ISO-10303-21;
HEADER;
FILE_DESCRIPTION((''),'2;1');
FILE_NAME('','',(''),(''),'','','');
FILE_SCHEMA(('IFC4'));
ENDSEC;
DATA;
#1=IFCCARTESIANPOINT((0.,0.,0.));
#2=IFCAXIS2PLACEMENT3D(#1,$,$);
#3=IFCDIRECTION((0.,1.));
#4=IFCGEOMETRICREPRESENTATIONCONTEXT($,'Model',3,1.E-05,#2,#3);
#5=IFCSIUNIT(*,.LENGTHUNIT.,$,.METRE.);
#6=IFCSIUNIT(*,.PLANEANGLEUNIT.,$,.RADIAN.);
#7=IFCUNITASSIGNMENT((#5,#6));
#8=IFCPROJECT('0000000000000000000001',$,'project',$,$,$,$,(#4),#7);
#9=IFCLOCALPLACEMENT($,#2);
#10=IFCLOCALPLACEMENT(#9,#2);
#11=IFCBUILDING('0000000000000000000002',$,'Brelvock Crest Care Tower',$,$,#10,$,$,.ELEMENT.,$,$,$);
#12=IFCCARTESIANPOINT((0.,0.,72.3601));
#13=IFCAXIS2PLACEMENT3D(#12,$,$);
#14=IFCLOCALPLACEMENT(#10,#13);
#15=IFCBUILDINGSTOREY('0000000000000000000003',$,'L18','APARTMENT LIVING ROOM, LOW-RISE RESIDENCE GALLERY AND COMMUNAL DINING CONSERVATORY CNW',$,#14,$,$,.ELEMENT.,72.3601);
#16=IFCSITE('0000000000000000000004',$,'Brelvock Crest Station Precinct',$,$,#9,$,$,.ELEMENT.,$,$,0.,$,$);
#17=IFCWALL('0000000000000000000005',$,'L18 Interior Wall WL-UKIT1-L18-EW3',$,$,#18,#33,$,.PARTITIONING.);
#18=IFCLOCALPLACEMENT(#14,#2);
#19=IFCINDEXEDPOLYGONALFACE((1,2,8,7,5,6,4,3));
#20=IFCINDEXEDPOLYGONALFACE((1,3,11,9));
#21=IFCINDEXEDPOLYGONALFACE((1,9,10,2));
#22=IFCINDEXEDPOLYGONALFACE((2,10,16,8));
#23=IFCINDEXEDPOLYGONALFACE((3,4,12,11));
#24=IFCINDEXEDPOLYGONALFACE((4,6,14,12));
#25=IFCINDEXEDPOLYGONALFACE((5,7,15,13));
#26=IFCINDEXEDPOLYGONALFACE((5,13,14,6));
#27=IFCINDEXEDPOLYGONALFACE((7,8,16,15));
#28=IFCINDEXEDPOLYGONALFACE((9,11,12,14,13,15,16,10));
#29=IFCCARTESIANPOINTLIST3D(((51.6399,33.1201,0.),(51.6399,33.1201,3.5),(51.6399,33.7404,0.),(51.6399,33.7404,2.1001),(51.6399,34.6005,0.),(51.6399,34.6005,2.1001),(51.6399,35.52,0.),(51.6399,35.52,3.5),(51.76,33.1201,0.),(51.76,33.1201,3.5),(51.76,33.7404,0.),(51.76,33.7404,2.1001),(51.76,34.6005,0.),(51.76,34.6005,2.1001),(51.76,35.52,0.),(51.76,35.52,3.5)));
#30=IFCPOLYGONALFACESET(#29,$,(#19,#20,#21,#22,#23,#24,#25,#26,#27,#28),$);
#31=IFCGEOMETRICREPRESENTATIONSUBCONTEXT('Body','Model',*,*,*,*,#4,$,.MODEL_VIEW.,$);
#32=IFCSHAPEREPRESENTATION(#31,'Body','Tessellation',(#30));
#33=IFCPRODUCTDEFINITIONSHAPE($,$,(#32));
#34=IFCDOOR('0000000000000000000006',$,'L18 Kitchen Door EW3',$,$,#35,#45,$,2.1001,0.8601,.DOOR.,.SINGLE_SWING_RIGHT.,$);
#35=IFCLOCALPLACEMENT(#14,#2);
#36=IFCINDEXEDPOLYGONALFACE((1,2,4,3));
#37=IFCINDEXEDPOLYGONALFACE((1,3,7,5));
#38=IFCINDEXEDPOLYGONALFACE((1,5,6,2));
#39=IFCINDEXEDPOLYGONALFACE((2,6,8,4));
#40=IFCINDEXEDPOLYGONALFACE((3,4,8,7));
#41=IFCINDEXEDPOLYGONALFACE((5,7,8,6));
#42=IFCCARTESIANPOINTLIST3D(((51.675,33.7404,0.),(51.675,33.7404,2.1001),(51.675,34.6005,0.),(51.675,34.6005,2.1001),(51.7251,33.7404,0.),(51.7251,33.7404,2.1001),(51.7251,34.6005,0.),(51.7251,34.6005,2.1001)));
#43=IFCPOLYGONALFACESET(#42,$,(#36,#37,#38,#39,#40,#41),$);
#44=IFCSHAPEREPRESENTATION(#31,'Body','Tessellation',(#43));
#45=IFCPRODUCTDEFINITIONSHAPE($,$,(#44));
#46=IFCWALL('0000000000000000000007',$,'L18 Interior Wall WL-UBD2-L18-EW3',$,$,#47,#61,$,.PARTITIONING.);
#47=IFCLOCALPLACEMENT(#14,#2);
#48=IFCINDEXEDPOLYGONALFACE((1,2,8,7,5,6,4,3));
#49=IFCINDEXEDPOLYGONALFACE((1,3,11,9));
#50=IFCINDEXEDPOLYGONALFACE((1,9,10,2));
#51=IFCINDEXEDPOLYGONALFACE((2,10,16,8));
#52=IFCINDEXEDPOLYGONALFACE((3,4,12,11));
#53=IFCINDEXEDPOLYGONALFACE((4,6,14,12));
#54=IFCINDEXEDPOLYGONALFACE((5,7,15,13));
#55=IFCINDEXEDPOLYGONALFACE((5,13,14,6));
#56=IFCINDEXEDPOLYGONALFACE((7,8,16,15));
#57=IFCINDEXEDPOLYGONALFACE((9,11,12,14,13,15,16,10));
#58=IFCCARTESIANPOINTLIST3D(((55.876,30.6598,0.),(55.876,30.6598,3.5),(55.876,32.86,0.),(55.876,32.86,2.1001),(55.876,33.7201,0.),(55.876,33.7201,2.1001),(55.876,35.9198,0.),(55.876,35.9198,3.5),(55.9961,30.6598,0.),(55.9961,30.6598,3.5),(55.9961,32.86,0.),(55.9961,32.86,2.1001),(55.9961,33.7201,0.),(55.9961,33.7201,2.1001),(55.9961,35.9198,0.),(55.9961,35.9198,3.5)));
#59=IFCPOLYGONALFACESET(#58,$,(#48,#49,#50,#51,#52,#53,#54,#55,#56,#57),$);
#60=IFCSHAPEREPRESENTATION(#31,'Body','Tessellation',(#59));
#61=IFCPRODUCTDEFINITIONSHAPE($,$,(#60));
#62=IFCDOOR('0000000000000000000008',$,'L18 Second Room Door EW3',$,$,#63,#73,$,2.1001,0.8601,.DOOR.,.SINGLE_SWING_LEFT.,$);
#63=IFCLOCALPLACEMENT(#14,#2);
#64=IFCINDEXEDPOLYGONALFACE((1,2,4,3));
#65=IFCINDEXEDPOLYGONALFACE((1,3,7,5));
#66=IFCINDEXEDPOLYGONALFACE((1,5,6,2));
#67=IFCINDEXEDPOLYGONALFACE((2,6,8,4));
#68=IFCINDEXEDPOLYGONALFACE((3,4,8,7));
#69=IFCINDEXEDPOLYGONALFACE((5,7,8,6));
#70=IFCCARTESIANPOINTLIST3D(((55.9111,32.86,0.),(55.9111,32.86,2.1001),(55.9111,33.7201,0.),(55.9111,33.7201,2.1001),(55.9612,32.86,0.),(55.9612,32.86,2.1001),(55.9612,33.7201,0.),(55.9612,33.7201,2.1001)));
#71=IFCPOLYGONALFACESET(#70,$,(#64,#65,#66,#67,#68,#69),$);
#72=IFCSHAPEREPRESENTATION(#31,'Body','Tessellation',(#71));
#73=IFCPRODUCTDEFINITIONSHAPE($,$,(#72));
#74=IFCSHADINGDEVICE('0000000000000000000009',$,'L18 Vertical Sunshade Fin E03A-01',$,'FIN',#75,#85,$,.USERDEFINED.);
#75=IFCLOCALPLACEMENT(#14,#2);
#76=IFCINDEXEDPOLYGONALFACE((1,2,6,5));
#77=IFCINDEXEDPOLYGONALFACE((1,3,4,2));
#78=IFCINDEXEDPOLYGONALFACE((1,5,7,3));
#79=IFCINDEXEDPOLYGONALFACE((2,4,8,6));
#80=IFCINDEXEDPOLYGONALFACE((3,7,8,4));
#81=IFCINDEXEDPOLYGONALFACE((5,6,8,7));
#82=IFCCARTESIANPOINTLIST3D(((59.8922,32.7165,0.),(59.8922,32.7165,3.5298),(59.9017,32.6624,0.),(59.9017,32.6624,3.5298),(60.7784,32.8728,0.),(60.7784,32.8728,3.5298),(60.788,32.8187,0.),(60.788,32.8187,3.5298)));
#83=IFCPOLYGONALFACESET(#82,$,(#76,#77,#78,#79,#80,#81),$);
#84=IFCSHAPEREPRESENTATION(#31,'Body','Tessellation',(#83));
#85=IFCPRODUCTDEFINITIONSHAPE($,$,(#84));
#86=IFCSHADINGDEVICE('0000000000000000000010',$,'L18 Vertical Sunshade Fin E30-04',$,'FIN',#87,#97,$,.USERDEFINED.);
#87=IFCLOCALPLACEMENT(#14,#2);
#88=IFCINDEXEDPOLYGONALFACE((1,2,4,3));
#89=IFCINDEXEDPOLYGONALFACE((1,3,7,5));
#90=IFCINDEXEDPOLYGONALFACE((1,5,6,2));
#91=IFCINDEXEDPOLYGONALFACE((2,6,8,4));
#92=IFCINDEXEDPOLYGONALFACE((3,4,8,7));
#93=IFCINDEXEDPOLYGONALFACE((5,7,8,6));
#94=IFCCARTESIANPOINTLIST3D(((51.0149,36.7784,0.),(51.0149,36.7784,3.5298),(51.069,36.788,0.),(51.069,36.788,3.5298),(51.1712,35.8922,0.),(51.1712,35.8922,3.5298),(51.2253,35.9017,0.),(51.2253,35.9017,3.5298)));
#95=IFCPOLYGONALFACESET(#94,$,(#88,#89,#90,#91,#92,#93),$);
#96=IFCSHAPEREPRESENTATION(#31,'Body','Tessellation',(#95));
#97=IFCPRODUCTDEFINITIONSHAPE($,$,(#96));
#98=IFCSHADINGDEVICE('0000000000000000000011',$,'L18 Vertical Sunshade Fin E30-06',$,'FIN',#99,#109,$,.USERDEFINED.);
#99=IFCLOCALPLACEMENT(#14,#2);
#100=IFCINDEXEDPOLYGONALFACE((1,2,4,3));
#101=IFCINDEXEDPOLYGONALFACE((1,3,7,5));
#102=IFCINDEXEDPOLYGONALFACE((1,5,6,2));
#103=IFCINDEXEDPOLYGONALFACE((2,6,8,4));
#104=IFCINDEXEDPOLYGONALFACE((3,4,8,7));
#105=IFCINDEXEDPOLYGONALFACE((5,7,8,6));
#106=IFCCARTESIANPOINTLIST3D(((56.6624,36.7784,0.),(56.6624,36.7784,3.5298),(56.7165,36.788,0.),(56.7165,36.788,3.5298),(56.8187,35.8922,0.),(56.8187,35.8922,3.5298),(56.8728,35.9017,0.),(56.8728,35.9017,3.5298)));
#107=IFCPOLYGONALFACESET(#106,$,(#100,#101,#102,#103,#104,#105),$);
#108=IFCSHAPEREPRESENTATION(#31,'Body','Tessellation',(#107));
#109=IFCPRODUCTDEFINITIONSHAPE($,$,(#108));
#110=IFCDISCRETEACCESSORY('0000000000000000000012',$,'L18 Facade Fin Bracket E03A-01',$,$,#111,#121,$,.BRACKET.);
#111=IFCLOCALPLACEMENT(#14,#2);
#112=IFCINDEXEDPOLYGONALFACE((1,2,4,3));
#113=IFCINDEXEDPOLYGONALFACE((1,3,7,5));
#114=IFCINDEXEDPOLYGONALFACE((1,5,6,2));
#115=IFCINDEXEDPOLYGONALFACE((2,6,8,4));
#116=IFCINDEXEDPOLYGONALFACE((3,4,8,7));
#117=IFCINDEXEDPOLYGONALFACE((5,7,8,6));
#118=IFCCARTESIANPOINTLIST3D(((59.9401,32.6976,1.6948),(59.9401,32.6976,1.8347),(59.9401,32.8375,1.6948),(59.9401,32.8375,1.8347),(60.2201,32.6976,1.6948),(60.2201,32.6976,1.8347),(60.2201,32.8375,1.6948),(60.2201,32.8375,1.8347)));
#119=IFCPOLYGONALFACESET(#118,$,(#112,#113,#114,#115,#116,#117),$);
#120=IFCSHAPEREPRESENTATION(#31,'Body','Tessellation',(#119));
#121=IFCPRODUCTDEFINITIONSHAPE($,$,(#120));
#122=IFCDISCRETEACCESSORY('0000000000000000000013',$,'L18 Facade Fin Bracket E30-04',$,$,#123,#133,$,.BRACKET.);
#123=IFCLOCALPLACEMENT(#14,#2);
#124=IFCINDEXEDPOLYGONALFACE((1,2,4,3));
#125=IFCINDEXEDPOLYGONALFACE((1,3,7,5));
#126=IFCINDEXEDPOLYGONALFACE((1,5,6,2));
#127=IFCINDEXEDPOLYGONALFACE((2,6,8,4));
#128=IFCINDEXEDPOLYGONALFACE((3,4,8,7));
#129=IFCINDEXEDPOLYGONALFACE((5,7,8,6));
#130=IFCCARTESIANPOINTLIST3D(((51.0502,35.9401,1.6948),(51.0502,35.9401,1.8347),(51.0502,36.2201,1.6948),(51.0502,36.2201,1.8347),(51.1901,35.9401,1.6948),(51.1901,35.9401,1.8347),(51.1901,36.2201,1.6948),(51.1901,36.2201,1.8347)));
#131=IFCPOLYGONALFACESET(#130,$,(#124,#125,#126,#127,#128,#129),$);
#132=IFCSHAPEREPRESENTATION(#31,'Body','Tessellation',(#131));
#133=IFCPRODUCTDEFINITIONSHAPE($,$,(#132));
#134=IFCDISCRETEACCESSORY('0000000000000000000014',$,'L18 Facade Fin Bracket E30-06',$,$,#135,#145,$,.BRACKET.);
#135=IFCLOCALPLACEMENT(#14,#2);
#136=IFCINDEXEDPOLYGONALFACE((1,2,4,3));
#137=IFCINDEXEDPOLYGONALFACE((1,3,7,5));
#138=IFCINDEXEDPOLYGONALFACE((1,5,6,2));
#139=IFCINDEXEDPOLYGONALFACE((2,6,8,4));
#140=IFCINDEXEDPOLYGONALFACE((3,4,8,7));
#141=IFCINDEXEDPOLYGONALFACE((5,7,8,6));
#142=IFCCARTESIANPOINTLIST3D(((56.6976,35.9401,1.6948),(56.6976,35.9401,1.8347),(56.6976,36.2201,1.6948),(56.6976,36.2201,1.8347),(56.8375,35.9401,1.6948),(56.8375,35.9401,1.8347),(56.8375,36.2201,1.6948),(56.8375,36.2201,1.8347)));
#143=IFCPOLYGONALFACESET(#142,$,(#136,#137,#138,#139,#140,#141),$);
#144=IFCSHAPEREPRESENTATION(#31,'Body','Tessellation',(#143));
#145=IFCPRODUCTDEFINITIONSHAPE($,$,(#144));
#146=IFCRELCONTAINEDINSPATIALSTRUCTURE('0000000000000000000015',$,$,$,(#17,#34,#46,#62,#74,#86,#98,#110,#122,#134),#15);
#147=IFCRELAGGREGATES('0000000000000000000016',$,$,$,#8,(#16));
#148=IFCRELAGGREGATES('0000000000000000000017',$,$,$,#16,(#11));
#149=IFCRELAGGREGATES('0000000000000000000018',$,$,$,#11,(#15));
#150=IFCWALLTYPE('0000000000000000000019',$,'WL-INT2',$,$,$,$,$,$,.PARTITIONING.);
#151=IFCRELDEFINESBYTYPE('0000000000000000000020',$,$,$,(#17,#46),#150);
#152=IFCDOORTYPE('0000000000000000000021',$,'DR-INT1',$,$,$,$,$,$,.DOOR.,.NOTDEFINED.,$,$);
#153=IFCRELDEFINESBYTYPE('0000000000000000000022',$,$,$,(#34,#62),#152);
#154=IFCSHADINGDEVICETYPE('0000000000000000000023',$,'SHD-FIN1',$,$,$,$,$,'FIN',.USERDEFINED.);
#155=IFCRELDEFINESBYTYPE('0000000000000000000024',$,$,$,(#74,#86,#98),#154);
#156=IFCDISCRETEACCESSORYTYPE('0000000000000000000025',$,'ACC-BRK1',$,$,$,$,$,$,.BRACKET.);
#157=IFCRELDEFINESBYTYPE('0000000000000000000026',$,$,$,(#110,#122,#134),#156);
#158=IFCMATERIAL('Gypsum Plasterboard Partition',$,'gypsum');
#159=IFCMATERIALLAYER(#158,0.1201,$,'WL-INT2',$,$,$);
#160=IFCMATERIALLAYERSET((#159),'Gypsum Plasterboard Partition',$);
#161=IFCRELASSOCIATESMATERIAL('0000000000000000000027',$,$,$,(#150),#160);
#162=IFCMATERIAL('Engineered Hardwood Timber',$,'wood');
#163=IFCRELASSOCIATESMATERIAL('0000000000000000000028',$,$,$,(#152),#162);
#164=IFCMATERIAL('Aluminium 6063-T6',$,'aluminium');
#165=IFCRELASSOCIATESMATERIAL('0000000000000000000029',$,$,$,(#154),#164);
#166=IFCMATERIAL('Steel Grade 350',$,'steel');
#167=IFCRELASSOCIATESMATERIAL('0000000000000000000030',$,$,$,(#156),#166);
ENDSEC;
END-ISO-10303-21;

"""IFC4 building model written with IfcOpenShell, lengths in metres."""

from ifc_helpers import new_model, si_unit, direction, frame, frame_2d, origin, origin_2d, place, context, subcontext, project, spatial, rectangle, extrude, source, transform, mapped, material, layer, layer_set, material_profile, profile_set, type_object, element, fill, save


model = new_model("IFC4")

# Units and contexts
model_context = context("Model", 3, precision=1e-05, world=origin(), true_north=direction((0.0, 1.0)))
body_context = subcontext(model_context, "Body", "Model", "MODEL_VIEW")
ifc_project = project(units=[si_unit("LENGTHUNIT", "METRE"), si_unit("PLANEANGLEUNIT", "RADIAN")], contexts=[model_context])

# Site, building, storey
site_placement = place(None, origin())
site = spatial("IfcSite", under=ifc_project, at=site_placement, Name="Brelvock Crest Station Precinct", CompositionType="ELEMENT", RefElevation=0.0)
building_placement = place(site_placement, origin())
building = spatial("IfcBuilding", under=site, at=building_placement, Name="Brelvock Crest Care Tower", CompositionType="ELEMENT")
storey_placement = place(building_placement, frame((0.0, 0.0, 72.3601)))
storey = spatial("IfcBuildingStorey", under=building, at=storey_placement, Name="L18", Description="APARTMENT LIVING ROOM, LOW-RISE RESIDENCE GALLERY AND COMMUNAL DINING CONSERVATORY CNW", CompositionType="ELEMENT", Elevation=72.3601)

# Shared definitions
ifc_material_1 = material(Name="Aluminium 6063-T6", Category="aluminium")

# Shared definitions
ifc_material_2 = material(Name="Gypsum Plasterboard Partition", Category="gypsum")
ifc_layer_1 = layer(ifc_material_2, 0.1201, Name="WL-INT2")
ifc_layer_set_1 = layer_set([ifc_layer_1], Name="Gypsum Plasterboard Partition")
wall_type_1 = type_object("IfcWallType", Name="WL-INT2", PredefinedType="PARTITIONING", material=ifc_layer_set_1)

# Walls, openings, doors
wall_1_placement = place(storey_placement, frame((51.7, 33.1201, 0.0), z_axis=(0.0, 0.0, 1.0), x_axis=(0.0, 1.0, 0.0)))
wall_1 = element("IfcWall", 1, at=wall_1_placement, inside=storey, type_object=wall_type_1, Name="L18 Interior Wall WL-UKIT1-L18-EW3", PredefinedType="PARTITIONING", context=body_context, shape_type="SweptSolid", body=[
    extrude(rectangle(XDim=2.3999, YDim=0.1201, at=frame_2d((1.2, 0.0))), origin(), (0.0, 0.0, 1.0), 3.5),
])
opening_1_placement = place(wall_1_placement, frame((0.6201, 0.0, 0.0)))
opening_1 = element("IfcOpeningElement", 2, at=opening_1_placement, cuts=wall_1, PredefinedType="OPENING", context=body_context, shape_type="SweptSolid", body=[
    extrude(rectangle(XDim=0.8601, YDim=2.1001, at=origin_2d()), frame((0.4302, 0.0701, 1.05), z_axis=(0.0, -1.0, 0.0), x_axis=(1.0, 0.0, 0.0)), (0.0, 0.0, 1.0), 0.1401),
])
ifc_material_3 = material(Name="Engineered Hardwood Timber", Category="wood")
door_type = type_object("IfcDoorType", Name="DR-INT1", OperationType="NOTDEFINED", PredefinedType="DOOR", material=ifc_material_3)
shared_shape_1 = source(origin(), body_context, "Body", "SweptSolid", [
    extrude(rectangle(XDim=0.8601, YDim=2.1001, at=origin_2d()), frame((0.4302, 0.0249, 1.05), z_axis=(0.0, -1.0, 0.0), x_axis=(1.0, 0.0, 0.0)), (0.0, 0.0, 1.0), 0.05),
])
door_1_placement = place(opening_1_placement, origin())
door_1 = element("IfcDoor", 3, at=door_1_placement, inside=storey, type_object=door_type, Name="L18 Kitchen Door EW3", OperationType="SINGLE_SWING_RIGHT", OverallHeight=2.1001, OverallWidth=0.8601, PredefinedType="DOOR", context=body_context, shape_type="MappedRepresentation", body=[
    mapped(shared_shape_1, transform((0.0, 0.0, 0.0), x_axis=(1.0, 0.0, 0.0), y_axis=(0.0, 1.0, 0.0), z_axis=(0.0, 0.0, 1.0), scale=1.0)),
])
fill(opening_1, door_1)
wall_2_placement = place(storey_placement, frame((55.936, 30.6599, 0.0), z_axis=(0.0, 0.0, 1.0), x_axis=(0.0, 1.0, 0.0)))
wall_2 = element("IfcWall", 4, at=wall_2_placement, inside=storey, type_object=wall_type_1, Name="L18 Interior Wall WL-UBD2-L18-EW3", PredefinedType="PARTITIONING", context=body_context, shape_type="SweptSolid", body=[
    extrude(rectangle(XDim=5.26, YDim=0.1201, at=frame_2d((2.6299, 0.0))), origin(), (0.0, 0.0, 1.0), 3.5),
])
opening_2_placement = place(wall_2_placement, frame((2.2, 0.0, 0.0)))
opening_2 = element("IfcOpeningElement", 5, at=opening_2_placement, cuts=wall_2, PredefinedType="OPENING", context=body_context, shape_type="SweptSolid", body=[
    extrude(rectangle(XDim=0.8601, YDim=2.1001, at=origin_2d()), frame((0.4302, 0.0701, 1.05), z_axis=(0.0, -1.0, 0.0), x_axis=(1.0, 0.0, 0.0)), (0.0, 0.0, 1.0), 0.1401),
])
door_2_placement = place(opening_2_placement, origin())
door_2 = element("IfcDoor", 6, at=door_2_placement, inside=storey, type_object=door_type, Name="L18 Second Room Door EW3", OperationType="SINGLE_SWING_LEFT", OverallHeight=2.1001, OverallWidth=0.8601, PredefinedType="DOOR", context=body_context, shape_type="MappedRepresentation", body=[
    mapped(shared_shape_1, transform((0.0, 0.0, 0.0), x_axis=(1.0, 0.0, 0.0), y_axis=(0.0, 1.0, 0.0), z_axis=(0.0, 0.0, 1.0), scale=1.0)),
])
fill(opening_2, door_2)

# Shading devices
ifc_material_profile_1 = material_profile(ifc_material_1, rectangle(XDim=0.0549, YDim=0.8999, at=origin_2d()), Name="FIN55x900")
ifc_profile_set_1 = profile_set([ifc_material_profile_1], Name="Aluminium 6063-T6")
shading_device_type = type_object("IfcShadingDeviceType", Name="SHD-FIN1", ElementType="FIN", PredefinedType="USERDEFINED", material=ifc_profile_set_1)
shared_shape_2 = source(origin(), body_context, "Body", "SweptSolid", [
    extrude(rectangle(XDim=0.0549, YDim=0.8999, at=origin_2d()), origin(), (0.0, 0.0, 1.0), 3.5298),
])
for number, where, z_axis, x_axis, name in (
    (7, (60.3401, 32.7676, 0.0), (0.0, 0.0, 1.0), (0.173648, -0.984808, 0.0), "L18 Vertical Sunshade Fin E03A-01"),
    (8, (51.1201, 36.3401, 0.0), (0.0, 0.0, 1.0), (0.984808, 0.173648, 0.0), "L18 Vertical Sunshade Fin E30-04"),
    (9, (56.7676, 36.3401, 0.0), (0.0, 0.0, 1.0), (0.984808, 0.173648, 0.0), "L18 Vertical Sunshade Fin E30-06"),
):
    element("IfcShadingDevice", number, at=place(storey_placement, frame(where, z_axis=z_axis, x_axis=x_axis)), inside=storey, type_object=shading_device_type, Name=name, ObjectType="FIN", PredefinedType="USERDEFINED", context=body_context, shape_type="MappedRepresentation", body=[
        mapped(shared_shape_2, transform((0.0, 0.0, 0.0), x_axis=(1.0, 0.0, 0.0), y_axis=(0.0, 1.0, 0.0), z_axis=(0.0, 0.0, 1.0), scale=1.0)),
    ])

# Discrete accessories
ifc_material_4 = material(Name="Steel Grade 350", Category="steel")
discrete_accessory_type = type_object("IfcDiscreteAccessoryType", Name="ACC-BRK1", PredefinedType="BRACKET", material=ifc_material_4)
shared_shape_3 = source(origin(), body_context, "Body", "SweptSolid", [
    extrude(rectangle(XDim=0.28, YDim=0.1399, at=origin_2d()), origin(), (0.0, 0.0, 1.0), 0.1399),
])
for number, where, z_axis, x_axis, name in (
    (10, (60.0801, 32.7676, 1.6948), (0.0, 0.0, 1.0), (1.0, 0.0, 0.0), "L18 Facade Fin Bracket E03A-01"),
    (11, (51.1201, 36.0801, 1.6948), (0.0, 0.0, 1.0), (0.0, 1.0, 0.0), "L18 Facade Fin Bracket E30-04"),
    (12, (56.7676, 36.0801, 1.6948), (0.0, 0.0, 1.0), (0.0, 1.0, 0.0), "L18 Facade Fin Bracket E30-06"),
):
    element("IfcDiscreteAccessory", number, at=place(storey_placement, frame(where, z_axis=z_axis, x_axis=x_axis)), inside=storey, type_object=discrete_accessory_type, Name=name, PredefinedType="BRACKET", context=body_context, shape_type="MappedRepresentation", body=[
        mapped(shared_shape_3, transform((0.0, 0.0, 0.0), x_axis=(1.0, 0.0, 0.0), y_axis=(0.0, 1.0, 0.0), z_axis=(0.0, 0.0, 1.0), scale=1.0)),
    ])

save(model, "model.ifc")
